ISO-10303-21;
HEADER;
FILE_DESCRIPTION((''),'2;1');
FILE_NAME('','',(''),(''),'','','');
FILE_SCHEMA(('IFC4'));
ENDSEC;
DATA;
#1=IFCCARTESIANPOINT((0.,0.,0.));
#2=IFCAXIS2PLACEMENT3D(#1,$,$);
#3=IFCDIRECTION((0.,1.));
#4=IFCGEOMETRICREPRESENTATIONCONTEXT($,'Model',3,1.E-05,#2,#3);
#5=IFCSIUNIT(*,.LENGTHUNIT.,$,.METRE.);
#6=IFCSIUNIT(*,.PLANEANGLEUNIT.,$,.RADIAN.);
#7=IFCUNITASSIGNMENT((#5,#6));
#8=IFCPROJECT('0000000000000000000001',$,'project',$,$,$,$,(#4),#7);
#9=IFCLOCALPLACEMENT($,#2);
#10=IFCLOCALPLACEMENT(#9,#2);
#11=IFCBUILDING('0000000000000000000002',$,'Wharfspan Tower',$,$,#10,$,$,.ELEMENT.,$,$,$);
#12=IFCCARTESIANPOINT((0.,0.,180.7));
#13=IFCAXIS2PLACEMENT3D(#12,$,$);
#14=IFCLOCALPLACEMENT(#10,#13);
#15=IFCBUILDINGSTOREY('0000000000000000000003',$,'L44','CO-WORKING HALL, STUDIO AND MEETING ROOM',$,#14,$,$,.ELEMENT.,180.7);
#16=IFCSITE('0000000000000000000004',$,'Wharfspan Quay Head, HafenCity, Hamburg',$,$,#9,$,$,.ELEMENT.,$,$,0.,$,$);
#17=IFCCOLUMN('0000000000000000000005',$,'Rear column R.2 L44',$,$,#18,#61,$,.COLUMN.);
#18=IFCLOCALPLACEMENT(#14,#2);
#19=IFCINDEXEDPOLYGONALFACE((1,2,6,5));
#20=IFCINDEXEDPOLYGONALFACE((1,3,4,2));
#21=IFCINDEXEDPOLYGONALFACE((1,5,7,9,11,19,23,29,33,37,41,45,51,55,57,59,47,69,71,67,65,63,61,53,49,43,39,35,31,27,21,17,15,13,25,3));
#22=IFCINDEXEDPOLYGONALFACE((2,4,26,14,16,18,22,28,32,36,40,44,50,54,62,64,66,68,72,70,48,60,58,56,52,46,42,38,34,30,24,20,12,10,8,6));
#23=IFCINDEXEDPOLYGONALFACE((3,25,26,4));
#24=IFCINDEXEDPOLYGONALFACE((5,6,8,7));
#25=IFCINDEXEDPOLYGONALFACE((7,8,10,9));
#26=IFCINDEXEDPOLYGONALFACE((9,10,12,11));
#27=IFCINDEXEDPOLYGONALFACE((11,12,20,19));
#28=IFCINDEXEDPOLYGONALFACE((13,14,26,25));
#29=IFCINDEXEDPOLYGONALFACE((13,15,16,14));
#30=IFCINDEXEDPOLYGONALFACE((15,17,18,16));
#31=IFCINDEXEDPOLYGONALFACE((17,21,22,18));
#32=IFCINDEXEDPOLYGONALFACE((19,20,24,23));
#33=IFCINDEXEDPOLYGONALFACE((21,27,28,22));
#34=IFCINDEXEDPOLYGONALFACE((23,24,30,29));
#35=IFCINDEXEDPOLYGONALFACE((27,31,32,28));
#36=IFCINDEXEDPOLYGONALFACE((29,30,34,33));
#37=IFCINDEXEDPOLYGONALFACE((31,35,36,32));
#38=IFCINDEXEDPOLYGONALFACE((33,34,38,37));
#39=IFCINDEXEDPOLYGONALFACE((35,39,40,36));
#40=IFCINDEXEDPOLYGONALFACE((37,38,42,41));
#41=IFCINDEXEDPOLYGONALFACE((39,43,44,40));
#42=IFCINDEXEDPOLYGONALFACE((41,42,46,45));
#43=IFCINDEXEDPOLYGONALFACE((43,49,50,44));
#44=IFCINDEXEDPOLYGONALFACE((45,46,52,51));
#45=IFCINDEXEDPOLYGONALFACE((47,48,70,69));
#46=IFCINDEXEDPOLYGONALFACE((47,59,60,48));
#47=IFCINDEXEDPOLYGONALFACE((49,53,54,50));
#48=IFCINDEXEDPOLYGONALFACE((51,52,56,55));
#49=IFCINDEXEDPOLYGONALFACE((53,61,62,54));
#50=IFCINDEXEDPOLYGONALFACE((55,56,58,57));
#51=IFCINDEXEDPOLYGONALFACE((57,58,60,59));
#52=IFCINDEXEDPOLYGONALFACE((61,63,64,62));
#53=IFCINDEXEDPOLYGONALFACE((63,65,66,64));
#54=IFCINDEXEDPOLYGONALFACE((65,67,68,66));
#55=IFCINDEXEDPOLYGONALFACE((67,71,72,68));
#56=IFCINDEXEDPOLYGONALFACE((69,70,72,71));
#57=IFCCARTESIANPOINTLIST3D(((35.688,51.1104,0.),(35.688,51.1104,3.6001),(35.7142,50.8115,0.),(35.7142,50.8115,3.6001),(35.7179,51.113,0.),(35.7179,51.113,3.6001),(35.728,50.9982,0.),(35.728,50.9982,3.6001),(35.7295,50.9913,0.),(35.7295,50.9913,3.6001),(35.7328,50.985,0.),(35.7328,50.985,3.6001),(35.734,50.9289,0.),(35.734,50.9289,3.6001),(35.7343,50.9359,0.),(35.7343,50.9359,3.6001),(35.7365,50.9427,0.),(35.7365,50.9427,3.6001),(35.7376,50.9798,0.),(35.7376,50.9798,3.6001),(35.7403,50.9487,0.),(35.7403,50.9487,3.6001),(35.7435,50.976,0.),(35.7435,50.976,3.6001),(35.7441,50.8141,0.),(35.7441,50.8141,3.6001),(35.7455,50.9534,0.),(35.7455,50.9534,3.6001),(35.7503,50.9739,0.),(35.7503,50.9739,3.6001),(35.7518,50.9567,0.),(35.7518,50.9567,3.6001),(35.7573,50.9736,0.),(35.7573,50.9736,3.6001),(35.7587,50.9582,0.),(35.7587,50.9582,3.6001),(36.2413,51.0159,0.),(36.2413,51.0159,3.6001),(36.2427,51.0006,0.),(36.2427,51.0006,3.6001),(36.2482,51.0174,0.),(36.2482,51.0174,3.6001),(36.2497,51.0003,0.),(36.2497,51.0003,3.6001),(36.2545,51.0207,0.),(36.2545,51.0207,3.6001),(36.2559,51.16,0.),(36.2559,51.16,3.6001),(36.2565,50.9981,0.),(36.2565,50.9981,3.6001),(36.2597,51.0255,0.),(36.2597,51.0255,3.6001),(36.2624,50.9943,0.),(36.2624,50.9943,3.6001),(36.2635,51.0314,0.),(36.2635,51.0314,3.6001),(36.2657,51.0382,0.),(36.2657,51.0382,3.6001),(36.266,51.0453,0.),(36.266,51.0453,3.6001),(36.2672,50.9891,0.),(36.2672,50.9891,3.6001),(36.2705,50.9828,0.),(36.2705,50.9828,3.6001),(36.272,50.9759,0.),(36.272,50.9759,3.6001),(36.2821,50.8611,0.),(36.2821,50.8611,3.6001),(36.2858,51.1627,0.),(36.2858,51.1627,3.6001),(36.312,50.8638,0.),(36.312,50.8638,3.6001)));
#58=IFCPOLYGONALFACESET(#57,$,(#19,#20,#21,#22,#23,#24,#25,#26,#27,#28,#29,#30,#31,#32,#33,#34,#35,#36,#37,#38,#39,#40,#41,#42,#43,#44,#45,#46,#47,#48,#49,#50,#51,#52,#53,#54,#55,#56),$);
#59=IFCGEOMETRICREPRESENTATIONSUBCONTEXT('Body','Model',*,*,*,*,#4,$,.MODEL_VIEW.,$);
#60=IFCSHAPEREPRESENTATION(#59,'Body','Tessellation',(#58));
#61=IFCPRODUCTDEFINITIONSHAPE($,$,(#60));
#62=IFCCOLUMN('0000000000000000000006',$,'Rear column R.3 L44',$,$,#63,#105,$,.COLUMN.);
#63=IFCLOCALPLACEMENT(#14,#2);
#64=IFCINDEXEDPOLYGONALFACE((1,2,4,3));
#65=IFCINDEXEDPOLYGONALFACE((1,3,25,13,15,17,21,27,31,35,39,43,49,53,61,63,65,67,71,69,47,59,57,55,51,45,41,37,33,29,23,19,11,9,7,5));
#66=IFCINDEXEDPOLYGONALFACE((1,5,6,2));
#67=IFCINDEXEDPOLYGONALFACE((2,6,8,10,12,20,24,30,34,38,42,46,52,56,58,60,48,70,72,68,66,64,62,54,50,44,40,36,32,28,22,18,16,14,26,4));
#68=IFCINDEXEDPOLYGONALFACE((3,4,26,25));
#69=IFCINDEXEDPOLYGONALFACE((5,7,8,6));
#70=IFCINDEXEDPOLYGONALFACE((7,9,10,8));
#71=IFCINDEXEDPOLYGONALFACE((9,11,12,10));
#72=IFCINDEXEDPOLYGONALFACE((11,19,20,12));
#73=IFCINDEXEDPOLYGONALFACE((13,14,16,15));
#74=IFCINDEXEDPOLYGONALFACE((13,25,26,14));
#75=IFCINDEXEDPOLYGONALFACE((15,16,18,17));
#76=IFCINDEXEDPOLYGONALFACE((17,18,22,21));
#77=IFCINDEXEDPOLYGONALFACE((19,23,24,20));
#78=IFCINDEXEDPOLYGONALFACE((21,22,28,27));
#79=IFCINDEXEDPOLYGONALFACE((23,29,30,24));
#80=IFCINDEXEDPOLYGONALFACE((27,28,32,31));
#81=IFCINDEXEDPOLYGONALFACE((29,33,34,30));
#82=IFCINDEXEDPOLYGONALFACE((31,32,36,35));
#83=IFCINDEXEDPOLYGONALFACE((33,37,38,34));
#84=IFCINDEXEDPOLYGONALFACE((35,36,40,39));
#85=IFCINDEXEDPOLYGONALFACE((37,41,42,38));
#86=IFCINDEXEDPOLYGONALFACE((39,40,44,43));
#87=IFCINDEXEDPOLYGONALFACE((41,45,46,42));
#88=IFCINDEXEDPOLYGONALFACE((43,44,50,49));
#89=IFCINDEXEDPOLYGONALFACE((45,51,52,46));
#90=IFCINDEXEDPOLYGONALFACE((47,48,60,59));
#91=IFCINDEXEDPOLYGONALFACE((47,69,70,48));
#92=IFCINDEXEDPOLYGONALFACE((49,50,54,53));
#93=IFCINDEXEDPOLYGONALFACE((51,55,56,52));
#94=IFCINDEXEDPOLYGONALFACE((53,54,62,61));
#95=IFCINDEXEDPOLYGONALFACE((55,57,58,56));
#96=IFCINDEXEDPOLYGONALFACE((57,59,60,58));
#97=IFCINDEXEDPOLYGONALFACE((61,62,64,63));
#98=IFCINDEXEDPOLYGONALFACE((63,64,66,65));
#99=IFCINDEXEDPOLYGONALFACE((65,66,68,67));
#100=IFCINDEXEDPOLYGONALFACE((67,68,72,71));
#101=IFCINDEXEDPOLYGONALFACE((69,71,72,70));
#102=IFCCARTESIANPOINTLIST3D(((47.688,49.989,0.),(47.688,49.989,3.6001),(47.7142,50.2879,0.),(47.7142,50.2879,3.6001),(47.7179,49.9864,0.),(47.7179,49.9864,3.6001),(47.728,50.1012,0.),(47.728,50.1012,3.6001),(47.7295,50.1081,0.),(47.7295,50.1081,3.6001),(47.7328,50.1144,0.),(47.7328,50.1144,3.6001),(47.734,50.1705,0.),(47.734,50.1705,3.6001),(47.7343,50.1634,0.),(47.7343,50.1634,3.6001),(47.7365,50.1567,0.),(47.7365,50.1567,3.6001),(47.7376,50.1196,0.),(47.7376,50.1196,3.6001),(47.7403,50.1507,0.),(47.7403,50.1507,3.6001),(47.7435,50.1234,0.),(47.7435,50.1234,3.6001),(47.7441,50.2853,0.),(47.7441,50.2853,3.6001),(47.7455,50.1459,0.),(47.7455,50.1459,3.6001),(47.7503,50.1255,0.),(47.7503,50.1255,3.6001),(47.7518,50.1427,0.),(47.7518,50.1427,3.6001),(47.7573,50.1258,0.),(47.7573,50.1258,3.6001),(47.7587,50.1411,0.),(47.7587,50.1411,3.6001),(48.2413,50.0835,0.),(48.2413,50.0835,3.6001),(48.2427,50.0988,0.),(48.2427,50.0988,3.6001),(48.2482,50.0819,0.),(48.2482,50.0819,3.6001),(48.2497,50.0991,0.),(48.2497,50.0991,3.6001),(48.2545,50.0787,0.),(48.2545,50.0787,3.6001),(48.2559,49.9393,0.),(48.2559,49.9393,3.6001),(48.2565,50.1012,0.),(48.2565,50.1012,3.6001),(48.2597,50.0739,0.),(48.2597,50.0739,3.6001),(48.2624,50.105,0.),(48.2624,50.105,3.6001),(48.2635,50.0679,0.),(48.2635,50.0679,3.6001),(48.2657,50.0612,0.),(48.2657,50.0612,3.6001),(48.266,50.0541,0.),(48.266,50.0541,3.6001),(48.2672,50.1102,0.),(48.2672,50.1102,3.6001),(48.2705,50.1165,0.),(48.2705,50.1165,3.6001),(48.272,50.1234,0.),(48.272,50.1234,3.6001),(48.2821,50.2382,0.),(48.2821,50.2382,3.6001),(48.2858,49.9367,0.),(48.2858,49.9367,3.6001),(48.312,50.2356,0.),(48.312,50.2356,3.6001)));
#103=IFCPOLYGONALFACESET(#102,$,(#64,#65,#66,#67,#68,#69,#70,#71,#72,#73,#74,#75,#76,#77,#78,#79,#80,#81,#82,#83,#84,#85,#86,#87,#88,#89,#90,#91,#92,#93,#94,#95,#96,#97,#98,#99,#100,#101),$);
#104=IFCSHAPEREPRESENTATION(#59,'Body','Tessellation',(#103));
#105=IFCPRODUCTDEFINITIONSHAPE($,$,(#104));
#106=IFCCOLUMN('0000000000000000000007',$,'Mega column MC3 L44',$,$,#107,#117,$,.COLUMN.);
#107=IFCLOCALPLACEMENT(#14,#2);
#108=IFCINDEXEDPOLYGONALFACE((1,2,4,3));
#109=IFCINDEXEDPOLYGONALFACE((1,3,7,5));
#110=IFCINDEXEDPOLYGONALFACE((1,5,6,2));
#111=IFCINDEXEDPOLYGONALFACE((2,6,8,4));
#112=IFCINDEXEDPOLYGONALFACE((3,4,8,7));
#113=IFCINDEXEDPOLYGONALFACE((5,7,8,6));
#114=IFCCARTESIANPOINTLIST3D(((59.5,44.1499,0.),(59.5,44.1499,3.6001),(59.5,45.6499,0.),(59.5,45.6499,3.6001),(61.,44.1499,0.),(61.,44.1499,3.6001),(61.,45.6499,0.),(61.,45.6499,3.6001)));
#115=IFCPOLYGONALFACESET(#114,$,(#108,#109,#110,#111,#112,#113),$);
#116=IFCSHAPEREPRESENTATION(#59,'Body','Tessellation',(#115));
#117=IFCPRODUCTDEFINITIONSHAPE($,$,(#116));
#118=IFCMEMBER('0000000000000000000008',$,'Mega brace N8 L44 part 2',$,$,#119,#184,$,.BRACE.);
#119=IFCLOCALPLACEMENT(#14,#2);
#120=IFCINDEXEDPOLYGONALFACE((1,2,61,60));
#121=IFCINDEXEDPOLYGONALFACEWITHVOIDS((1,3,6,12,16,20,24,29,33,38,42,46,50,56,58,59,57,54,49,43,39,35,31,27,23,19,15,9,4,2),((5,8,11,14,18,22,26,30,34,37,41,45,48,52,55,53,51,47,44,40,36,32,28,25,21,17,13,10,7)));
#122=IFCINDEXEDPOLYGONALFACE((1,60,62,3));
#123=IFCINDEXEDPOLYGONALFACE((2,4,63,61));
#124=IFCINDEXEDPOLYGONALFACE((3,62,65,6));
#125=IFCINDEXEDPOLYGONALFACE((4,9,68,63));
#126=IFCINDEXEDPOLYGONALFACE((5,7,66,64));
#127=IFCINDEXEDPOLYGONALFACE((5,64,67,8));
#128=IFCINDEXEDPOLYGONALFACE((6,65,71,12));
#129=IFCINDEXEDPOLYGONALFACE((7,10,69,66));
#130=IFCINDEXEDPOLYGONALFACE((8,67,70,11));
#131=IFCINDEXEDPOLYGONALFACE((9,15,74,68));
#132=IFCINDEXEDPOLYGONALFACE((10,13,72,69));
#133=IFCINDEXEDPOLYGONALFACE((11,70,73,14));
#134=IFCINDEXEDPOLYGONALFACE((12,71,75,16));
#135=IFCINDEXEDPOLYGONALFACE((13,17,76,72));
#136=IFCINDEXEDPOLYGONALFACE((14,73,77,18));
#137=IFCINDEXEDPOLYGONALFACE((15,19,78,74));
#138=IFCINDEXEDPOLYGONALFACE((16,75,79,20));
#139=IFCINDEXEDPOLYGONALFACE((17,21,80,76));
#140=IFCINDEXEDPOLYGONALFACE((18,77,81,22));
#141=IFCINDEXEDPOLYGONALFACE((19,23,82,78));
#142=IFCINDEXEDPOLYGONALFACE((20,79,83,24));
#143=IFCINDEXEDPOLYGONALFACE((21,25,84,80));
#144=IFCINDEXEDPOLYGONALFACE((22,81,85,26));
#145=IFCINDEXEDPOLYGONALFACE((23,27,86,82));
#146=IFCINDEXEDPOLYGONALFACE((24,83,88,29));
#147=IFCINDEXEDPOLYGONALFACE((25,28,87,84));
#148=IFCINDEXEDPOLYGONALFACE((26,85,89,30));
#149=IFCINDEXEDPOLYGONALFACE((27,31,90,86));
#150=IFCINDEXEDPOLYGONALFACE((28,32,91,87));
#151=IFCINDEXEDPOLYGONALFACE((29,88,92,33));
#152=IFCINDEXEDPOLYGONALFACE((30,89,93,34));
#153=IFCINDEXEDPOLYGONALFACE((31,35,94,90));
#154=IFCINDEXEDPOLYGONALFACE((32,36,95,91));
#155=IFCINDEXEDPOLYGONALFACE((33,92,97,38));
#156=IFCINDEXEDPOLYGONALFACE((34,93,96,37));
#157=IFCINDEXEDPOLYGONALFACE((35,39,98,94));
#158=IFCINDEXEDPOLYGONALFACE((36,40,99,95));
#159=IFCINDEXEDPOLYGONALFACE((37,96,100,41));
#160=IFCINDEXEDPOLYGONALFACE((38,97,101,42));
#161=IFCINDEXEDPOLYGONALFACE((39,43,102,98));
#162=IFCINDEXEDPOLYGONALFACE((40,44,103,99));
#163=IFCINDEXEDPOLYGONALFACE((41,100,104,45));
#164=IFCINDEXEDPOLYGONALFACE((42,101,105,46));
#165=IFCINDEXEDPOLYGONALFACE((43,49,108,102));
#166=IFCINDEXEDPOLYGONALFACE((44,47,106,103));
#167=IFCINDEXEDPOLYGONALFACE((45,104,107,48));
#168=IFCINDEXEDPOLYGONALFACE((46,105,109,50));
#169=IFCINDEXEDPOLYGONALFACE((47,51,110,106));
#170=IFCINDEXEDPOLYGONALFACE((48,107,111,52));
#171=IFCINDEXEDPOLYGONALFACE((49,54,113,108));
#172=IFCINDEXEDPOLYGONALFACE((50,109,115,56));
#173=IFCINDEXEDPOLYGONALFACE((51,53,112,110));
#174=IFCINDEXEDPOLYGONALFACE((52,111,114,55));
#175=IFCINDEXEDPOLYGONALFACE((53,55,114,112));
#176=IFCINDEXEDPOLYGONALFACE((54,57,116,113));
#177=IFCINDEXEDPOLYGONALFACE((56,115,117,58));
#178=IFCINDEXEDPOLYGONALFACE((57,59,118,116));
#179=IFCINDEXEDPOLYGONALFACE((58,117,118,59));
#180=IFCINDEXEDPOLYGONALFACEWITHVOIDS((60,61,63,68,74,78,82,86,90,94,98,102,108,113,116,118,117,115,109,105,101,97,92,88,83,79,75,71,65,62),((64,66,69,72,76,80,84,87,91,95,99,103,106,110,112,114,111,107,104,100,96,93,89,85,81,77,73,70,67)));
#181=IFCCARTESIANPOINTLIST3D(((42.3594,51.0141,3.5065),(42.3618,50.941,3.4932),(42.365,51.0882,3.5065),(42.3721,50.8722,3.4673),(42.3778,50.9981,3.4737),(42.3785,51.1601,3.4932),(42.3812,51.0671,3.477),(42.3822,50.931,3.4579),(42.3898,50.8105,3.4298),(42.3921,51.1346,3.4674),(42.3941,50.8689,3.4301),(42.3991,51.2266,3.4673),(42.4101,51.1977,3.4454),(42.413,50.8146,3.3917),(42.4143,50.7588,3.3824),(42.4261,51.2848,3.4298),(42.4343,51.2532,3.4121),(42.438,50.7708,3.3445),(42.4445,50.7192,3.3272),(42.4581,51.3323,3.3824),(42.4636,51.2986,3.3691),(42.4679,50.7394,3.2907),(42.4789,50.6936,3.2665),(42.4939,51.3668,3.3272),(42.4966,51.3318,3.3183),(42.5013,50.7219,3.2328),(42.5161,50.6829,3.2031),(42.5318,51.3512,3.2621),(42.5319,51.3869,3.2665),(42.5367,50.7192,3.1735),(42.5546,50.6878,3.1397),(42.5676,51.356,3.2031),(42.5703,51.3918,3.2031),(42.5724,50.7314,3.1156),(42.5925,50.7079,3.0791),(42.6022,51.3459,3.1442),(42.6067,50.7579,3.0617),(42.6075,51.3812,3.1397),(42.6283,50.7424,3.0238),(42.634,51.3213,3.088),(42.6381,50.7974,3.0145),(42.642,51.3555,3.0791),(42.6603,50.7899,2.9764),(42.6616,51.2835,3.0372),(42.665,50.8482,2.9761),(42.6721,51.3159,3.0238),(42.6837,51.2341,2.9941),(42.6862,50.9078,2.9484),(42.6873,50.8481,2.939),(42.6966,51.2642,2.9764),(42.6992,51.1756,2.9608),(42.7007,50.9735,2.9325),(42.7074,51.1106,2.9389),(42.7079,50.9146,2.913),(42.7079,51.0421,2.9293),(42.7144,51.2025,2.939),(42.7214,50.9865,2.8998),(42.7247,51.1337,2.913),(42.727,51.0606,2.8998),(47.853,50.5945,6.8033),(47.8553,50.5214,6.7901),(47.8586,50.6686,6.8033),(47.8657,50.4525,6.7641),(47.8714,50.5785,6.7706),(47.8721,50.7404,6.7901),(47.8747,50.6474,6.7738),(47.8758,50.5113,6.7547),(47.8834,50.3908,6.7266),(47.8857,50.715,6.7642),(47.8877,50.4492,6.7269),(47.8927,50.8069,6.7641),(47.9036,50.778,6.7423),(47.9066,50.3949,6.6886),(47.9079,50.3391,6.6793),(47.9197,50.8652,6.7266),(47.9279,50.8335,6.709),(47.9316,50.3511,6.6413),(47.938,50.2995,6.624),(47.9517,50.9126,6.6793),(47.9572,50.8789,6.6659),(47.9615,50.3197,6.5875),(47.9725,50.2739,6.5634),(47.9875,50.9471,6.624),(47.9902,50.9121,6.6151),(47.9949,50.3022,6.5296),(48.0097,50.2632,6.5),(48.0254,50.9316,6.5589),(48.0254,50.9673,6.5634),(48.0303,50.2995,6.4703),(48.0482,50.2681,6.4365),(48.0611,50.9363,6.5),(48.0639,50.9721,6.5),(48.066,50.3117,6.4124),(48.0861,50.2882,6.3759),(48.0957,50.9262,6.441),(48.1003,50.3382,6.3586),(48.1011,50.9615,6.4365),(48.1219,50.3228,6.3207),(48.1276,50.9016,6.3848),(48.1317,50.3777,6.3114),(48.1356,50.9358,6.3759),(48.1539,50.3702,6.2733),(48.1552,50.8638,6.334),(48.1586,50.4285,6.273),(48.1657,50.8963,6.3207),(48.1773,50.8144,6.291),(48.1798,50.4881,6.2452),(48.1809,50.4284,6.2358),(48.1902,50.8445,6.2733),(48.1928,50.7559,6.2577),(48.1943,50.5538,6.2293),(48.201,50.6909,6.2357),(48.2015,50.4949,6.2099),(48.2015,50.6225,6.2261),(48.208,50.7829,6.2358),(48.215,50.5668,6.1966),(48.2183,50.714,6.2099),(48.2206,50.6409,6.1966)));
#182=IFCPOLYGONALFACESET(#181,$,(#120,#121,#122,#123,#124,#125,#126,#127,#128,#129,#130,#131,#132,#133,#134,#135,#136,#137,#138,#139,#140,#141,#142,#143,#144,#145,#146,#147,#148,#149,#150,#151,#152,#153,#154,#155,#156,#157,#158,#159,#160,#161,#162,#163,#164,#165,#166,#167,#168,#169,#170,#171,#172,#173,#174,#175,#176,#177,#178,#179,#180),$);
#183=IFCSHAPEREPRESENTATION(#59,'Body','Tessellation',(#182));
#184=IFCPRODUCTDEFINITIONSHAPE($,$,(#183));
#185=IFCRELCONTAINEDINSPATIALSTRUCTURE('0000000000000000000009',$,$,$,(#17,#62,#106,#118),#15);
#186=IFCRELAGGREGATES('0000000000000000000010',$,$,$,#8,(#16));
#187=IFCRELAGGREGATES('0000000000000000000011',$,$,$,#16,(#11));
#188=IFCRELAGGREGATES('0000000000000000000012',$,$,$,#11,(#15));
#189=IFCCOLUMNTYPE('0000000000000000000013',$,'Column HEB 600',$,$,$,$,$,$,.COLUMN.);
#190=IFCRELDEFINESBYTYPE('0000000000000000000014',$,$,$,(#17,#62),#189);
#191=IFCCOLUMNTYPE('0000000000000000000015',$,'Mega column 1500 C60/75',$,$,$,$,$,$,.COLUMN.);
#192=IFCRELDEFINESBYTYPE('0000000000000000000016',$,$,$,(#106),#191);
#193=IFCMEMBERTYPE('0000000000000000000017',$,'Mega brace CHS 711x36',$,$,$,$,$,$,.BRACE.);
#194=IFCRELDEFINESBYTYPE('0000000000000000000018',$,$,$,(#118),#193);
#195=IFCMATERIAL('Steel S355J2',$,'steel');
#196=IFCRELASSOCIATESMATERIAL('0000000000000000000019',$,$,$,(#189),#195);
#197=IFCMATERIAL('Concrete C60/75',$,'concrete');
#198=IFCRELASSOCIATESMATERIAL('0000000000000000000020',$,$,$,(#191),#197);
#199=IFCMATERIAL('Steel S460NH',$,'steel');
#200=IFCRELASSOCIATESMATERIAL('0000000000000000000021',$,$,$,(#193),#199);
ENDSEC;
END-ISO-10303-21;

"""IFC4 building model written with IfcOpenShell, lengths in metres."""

from ifc_helpers import new_model, si_unit, direction, frame, origin, origin_2d, place, context, subcontext, project, spatial, rectangle, hollow_circle, i_section, extrude, material, material_profile, profile_set, type_object, element, save


model = new_model("IFC4")

# Units and contexts
model_context = context("Model", 3, precision=1e-05, world=origin(), true_north=direction((0.0, 1.0)))
body_context = subcontext(model_context, "Body", "Model", "MODEL_VIEW")
ifc_project = project(units=[si_unit("LENGTHUNIT", "METRE"), si_unit("PLANEANGLEUNIT", "RADIAN")], contexts=[model_context])

# Site, building, storey
site_placement = place(None, origin())
site = spatial("IfcSite", under=ifc_project, at=site_placement, Name="Wharfspan Quay Head, HafenCity, Hamburg", CompositionType="ELEMENT", RefElevation=0.0)
building_placement = place(site_placement, origin())
building = spatial("IfcBuilding", under=site, at=building_placement, Name="Wharfspan Tower", CompositionType="ELEMENT")
storey_placement = place(building_placement, frame((0.0, 0.0, 180.7)))
storey = spatial("IfcBuildingStorey", under=building, at=storey_placement, Name="L44", Description="CO-WORKING HALL, STUDIO AND MEETING ROOM", CompositionType="ELEMENT", Elevation=180.7)

# Columns
ifc_material_1 = material(Name="Steel S355J2", Category="steel")
ifc_material_profile_1 = material_profile(ifc_material_1, i_section(OverallWidth=0.3, OverallDepth=0.6001, WebThickness=0.0154, FlangeThickness=0.03, FilletRadius=0.0271, at=origin_2d()))
ifc_profile_set_1 = profile_set([ifc_material_profile_1], Name="Steel S355J2")
column_type_1 = type_object("IfcColumnType", Name="Column HEB 600", PredefinedType="COLUMN", material=ifc_profile_set_1)
for number, where, z_axis, x_axis, name in (
    (1, (36.0, 50.9871, 0.0), (0.0, 0.0, 1.0), (-0.087156, 0.996198, 0.0), "Rear column R.2 L44"),
    (2, (48.0, 50.1123, 0.0), (0.0, 0.0, 1.0), (0.087156, 0.996198, 0.0), "Rear column R.3 L44"),
):
    element("IfcColumn", number, at=place(storey_placement, frame(where, z_axis=z_axis, x_axis=x_axis)), inside=storey, type_object=column_type_1, Name=name, PredefinedType="COLUMN", context=body_context, shape_type="SweptSolid", body=[
        extrude(i_section(OverallWidth=0.3, OverallDepth=0.6001, WebThickness=0.0154, FlangeThickness=0.03, FilletRadius=0.0271, at=origin_2d()), origin(), (0.0, 0.0, 1.0), 3.6001),
    ])
ifc_material_2 = material(Name="Concrete C60/75", Category="concrete")
ifc_material_profile_2 = material_profile(ifc_material_2, rectangle(XDim=1.5, YDim=1.5, at=origin_2d()))
ifc_profile_set_2 = profile_set([ifc_material_profile_2], Name="Concrete C60/75")
column_type_2 = type_object("IfcColumnType", Name="Mega column 1500 C60/75", PredefinedType="COLUMN", material=ifc_profile_set_2)
column_placement = place(storey_placement, frame((60.25, 44.8999, 0.0), z_axis=(0.0, 0.0, 1.0), x_axis=(1.0, 0.0, 0.0)))
element("IfcColumn", 3, at=column_placement, inside=storey, type_object=column_type_2, Name="Mega column MC3 L44", PredefinedType="COLUMN", context=body_context, shape_type="SweptSolid", body=[
    extrude(rectangle(XDim=1.5, YDim=1.5, at=origin_2d()), origin(), (0.0, 0.0, 1.0), 3.6001),
])

# Member
ifc_material_3 = material(Name="Steel S460NH", Category="steel")
ifc_material_profile_3 = material_profile(ifc_material_3, hollow_circle(Radius=0.3555, WallThickness=0.0359, at=origin_2d()))
ifc_profile_set_3 = profile_set([ifc_material_profile_3], Name="Steel S460NH")
member_type = type_object("IfcMemberType", Name="Mega brace CHS 711x36", PredefinedType="BRACE", material=ifc_profile_set_3)
for number, where, z_axis, x_axis, name in (
    (4, (42.5432, 51.0374, 3.2031), (0.855612, -0.065363, 0.513474), (0.07617, 0.997093, 0.000002), "Mega brace N8 L44 part 2"),
):
    element("IfcMember", number, at=place(storey_placement, frame(where, z_axis=z_axis, x_axis=x_axis)), inside=storey, type_object=member_type, Name=name, PredefinedType="BRACE", context=body_context, shape_type="SweptSolid", body=[
        extrude(hollow_circle(Radius=0.3555, WallThickness=0.0359, at=origin_2d()), origin(), (0.0, 0.0, 1.0), 6.4207),
    ])

save(model, "model.ifc")
